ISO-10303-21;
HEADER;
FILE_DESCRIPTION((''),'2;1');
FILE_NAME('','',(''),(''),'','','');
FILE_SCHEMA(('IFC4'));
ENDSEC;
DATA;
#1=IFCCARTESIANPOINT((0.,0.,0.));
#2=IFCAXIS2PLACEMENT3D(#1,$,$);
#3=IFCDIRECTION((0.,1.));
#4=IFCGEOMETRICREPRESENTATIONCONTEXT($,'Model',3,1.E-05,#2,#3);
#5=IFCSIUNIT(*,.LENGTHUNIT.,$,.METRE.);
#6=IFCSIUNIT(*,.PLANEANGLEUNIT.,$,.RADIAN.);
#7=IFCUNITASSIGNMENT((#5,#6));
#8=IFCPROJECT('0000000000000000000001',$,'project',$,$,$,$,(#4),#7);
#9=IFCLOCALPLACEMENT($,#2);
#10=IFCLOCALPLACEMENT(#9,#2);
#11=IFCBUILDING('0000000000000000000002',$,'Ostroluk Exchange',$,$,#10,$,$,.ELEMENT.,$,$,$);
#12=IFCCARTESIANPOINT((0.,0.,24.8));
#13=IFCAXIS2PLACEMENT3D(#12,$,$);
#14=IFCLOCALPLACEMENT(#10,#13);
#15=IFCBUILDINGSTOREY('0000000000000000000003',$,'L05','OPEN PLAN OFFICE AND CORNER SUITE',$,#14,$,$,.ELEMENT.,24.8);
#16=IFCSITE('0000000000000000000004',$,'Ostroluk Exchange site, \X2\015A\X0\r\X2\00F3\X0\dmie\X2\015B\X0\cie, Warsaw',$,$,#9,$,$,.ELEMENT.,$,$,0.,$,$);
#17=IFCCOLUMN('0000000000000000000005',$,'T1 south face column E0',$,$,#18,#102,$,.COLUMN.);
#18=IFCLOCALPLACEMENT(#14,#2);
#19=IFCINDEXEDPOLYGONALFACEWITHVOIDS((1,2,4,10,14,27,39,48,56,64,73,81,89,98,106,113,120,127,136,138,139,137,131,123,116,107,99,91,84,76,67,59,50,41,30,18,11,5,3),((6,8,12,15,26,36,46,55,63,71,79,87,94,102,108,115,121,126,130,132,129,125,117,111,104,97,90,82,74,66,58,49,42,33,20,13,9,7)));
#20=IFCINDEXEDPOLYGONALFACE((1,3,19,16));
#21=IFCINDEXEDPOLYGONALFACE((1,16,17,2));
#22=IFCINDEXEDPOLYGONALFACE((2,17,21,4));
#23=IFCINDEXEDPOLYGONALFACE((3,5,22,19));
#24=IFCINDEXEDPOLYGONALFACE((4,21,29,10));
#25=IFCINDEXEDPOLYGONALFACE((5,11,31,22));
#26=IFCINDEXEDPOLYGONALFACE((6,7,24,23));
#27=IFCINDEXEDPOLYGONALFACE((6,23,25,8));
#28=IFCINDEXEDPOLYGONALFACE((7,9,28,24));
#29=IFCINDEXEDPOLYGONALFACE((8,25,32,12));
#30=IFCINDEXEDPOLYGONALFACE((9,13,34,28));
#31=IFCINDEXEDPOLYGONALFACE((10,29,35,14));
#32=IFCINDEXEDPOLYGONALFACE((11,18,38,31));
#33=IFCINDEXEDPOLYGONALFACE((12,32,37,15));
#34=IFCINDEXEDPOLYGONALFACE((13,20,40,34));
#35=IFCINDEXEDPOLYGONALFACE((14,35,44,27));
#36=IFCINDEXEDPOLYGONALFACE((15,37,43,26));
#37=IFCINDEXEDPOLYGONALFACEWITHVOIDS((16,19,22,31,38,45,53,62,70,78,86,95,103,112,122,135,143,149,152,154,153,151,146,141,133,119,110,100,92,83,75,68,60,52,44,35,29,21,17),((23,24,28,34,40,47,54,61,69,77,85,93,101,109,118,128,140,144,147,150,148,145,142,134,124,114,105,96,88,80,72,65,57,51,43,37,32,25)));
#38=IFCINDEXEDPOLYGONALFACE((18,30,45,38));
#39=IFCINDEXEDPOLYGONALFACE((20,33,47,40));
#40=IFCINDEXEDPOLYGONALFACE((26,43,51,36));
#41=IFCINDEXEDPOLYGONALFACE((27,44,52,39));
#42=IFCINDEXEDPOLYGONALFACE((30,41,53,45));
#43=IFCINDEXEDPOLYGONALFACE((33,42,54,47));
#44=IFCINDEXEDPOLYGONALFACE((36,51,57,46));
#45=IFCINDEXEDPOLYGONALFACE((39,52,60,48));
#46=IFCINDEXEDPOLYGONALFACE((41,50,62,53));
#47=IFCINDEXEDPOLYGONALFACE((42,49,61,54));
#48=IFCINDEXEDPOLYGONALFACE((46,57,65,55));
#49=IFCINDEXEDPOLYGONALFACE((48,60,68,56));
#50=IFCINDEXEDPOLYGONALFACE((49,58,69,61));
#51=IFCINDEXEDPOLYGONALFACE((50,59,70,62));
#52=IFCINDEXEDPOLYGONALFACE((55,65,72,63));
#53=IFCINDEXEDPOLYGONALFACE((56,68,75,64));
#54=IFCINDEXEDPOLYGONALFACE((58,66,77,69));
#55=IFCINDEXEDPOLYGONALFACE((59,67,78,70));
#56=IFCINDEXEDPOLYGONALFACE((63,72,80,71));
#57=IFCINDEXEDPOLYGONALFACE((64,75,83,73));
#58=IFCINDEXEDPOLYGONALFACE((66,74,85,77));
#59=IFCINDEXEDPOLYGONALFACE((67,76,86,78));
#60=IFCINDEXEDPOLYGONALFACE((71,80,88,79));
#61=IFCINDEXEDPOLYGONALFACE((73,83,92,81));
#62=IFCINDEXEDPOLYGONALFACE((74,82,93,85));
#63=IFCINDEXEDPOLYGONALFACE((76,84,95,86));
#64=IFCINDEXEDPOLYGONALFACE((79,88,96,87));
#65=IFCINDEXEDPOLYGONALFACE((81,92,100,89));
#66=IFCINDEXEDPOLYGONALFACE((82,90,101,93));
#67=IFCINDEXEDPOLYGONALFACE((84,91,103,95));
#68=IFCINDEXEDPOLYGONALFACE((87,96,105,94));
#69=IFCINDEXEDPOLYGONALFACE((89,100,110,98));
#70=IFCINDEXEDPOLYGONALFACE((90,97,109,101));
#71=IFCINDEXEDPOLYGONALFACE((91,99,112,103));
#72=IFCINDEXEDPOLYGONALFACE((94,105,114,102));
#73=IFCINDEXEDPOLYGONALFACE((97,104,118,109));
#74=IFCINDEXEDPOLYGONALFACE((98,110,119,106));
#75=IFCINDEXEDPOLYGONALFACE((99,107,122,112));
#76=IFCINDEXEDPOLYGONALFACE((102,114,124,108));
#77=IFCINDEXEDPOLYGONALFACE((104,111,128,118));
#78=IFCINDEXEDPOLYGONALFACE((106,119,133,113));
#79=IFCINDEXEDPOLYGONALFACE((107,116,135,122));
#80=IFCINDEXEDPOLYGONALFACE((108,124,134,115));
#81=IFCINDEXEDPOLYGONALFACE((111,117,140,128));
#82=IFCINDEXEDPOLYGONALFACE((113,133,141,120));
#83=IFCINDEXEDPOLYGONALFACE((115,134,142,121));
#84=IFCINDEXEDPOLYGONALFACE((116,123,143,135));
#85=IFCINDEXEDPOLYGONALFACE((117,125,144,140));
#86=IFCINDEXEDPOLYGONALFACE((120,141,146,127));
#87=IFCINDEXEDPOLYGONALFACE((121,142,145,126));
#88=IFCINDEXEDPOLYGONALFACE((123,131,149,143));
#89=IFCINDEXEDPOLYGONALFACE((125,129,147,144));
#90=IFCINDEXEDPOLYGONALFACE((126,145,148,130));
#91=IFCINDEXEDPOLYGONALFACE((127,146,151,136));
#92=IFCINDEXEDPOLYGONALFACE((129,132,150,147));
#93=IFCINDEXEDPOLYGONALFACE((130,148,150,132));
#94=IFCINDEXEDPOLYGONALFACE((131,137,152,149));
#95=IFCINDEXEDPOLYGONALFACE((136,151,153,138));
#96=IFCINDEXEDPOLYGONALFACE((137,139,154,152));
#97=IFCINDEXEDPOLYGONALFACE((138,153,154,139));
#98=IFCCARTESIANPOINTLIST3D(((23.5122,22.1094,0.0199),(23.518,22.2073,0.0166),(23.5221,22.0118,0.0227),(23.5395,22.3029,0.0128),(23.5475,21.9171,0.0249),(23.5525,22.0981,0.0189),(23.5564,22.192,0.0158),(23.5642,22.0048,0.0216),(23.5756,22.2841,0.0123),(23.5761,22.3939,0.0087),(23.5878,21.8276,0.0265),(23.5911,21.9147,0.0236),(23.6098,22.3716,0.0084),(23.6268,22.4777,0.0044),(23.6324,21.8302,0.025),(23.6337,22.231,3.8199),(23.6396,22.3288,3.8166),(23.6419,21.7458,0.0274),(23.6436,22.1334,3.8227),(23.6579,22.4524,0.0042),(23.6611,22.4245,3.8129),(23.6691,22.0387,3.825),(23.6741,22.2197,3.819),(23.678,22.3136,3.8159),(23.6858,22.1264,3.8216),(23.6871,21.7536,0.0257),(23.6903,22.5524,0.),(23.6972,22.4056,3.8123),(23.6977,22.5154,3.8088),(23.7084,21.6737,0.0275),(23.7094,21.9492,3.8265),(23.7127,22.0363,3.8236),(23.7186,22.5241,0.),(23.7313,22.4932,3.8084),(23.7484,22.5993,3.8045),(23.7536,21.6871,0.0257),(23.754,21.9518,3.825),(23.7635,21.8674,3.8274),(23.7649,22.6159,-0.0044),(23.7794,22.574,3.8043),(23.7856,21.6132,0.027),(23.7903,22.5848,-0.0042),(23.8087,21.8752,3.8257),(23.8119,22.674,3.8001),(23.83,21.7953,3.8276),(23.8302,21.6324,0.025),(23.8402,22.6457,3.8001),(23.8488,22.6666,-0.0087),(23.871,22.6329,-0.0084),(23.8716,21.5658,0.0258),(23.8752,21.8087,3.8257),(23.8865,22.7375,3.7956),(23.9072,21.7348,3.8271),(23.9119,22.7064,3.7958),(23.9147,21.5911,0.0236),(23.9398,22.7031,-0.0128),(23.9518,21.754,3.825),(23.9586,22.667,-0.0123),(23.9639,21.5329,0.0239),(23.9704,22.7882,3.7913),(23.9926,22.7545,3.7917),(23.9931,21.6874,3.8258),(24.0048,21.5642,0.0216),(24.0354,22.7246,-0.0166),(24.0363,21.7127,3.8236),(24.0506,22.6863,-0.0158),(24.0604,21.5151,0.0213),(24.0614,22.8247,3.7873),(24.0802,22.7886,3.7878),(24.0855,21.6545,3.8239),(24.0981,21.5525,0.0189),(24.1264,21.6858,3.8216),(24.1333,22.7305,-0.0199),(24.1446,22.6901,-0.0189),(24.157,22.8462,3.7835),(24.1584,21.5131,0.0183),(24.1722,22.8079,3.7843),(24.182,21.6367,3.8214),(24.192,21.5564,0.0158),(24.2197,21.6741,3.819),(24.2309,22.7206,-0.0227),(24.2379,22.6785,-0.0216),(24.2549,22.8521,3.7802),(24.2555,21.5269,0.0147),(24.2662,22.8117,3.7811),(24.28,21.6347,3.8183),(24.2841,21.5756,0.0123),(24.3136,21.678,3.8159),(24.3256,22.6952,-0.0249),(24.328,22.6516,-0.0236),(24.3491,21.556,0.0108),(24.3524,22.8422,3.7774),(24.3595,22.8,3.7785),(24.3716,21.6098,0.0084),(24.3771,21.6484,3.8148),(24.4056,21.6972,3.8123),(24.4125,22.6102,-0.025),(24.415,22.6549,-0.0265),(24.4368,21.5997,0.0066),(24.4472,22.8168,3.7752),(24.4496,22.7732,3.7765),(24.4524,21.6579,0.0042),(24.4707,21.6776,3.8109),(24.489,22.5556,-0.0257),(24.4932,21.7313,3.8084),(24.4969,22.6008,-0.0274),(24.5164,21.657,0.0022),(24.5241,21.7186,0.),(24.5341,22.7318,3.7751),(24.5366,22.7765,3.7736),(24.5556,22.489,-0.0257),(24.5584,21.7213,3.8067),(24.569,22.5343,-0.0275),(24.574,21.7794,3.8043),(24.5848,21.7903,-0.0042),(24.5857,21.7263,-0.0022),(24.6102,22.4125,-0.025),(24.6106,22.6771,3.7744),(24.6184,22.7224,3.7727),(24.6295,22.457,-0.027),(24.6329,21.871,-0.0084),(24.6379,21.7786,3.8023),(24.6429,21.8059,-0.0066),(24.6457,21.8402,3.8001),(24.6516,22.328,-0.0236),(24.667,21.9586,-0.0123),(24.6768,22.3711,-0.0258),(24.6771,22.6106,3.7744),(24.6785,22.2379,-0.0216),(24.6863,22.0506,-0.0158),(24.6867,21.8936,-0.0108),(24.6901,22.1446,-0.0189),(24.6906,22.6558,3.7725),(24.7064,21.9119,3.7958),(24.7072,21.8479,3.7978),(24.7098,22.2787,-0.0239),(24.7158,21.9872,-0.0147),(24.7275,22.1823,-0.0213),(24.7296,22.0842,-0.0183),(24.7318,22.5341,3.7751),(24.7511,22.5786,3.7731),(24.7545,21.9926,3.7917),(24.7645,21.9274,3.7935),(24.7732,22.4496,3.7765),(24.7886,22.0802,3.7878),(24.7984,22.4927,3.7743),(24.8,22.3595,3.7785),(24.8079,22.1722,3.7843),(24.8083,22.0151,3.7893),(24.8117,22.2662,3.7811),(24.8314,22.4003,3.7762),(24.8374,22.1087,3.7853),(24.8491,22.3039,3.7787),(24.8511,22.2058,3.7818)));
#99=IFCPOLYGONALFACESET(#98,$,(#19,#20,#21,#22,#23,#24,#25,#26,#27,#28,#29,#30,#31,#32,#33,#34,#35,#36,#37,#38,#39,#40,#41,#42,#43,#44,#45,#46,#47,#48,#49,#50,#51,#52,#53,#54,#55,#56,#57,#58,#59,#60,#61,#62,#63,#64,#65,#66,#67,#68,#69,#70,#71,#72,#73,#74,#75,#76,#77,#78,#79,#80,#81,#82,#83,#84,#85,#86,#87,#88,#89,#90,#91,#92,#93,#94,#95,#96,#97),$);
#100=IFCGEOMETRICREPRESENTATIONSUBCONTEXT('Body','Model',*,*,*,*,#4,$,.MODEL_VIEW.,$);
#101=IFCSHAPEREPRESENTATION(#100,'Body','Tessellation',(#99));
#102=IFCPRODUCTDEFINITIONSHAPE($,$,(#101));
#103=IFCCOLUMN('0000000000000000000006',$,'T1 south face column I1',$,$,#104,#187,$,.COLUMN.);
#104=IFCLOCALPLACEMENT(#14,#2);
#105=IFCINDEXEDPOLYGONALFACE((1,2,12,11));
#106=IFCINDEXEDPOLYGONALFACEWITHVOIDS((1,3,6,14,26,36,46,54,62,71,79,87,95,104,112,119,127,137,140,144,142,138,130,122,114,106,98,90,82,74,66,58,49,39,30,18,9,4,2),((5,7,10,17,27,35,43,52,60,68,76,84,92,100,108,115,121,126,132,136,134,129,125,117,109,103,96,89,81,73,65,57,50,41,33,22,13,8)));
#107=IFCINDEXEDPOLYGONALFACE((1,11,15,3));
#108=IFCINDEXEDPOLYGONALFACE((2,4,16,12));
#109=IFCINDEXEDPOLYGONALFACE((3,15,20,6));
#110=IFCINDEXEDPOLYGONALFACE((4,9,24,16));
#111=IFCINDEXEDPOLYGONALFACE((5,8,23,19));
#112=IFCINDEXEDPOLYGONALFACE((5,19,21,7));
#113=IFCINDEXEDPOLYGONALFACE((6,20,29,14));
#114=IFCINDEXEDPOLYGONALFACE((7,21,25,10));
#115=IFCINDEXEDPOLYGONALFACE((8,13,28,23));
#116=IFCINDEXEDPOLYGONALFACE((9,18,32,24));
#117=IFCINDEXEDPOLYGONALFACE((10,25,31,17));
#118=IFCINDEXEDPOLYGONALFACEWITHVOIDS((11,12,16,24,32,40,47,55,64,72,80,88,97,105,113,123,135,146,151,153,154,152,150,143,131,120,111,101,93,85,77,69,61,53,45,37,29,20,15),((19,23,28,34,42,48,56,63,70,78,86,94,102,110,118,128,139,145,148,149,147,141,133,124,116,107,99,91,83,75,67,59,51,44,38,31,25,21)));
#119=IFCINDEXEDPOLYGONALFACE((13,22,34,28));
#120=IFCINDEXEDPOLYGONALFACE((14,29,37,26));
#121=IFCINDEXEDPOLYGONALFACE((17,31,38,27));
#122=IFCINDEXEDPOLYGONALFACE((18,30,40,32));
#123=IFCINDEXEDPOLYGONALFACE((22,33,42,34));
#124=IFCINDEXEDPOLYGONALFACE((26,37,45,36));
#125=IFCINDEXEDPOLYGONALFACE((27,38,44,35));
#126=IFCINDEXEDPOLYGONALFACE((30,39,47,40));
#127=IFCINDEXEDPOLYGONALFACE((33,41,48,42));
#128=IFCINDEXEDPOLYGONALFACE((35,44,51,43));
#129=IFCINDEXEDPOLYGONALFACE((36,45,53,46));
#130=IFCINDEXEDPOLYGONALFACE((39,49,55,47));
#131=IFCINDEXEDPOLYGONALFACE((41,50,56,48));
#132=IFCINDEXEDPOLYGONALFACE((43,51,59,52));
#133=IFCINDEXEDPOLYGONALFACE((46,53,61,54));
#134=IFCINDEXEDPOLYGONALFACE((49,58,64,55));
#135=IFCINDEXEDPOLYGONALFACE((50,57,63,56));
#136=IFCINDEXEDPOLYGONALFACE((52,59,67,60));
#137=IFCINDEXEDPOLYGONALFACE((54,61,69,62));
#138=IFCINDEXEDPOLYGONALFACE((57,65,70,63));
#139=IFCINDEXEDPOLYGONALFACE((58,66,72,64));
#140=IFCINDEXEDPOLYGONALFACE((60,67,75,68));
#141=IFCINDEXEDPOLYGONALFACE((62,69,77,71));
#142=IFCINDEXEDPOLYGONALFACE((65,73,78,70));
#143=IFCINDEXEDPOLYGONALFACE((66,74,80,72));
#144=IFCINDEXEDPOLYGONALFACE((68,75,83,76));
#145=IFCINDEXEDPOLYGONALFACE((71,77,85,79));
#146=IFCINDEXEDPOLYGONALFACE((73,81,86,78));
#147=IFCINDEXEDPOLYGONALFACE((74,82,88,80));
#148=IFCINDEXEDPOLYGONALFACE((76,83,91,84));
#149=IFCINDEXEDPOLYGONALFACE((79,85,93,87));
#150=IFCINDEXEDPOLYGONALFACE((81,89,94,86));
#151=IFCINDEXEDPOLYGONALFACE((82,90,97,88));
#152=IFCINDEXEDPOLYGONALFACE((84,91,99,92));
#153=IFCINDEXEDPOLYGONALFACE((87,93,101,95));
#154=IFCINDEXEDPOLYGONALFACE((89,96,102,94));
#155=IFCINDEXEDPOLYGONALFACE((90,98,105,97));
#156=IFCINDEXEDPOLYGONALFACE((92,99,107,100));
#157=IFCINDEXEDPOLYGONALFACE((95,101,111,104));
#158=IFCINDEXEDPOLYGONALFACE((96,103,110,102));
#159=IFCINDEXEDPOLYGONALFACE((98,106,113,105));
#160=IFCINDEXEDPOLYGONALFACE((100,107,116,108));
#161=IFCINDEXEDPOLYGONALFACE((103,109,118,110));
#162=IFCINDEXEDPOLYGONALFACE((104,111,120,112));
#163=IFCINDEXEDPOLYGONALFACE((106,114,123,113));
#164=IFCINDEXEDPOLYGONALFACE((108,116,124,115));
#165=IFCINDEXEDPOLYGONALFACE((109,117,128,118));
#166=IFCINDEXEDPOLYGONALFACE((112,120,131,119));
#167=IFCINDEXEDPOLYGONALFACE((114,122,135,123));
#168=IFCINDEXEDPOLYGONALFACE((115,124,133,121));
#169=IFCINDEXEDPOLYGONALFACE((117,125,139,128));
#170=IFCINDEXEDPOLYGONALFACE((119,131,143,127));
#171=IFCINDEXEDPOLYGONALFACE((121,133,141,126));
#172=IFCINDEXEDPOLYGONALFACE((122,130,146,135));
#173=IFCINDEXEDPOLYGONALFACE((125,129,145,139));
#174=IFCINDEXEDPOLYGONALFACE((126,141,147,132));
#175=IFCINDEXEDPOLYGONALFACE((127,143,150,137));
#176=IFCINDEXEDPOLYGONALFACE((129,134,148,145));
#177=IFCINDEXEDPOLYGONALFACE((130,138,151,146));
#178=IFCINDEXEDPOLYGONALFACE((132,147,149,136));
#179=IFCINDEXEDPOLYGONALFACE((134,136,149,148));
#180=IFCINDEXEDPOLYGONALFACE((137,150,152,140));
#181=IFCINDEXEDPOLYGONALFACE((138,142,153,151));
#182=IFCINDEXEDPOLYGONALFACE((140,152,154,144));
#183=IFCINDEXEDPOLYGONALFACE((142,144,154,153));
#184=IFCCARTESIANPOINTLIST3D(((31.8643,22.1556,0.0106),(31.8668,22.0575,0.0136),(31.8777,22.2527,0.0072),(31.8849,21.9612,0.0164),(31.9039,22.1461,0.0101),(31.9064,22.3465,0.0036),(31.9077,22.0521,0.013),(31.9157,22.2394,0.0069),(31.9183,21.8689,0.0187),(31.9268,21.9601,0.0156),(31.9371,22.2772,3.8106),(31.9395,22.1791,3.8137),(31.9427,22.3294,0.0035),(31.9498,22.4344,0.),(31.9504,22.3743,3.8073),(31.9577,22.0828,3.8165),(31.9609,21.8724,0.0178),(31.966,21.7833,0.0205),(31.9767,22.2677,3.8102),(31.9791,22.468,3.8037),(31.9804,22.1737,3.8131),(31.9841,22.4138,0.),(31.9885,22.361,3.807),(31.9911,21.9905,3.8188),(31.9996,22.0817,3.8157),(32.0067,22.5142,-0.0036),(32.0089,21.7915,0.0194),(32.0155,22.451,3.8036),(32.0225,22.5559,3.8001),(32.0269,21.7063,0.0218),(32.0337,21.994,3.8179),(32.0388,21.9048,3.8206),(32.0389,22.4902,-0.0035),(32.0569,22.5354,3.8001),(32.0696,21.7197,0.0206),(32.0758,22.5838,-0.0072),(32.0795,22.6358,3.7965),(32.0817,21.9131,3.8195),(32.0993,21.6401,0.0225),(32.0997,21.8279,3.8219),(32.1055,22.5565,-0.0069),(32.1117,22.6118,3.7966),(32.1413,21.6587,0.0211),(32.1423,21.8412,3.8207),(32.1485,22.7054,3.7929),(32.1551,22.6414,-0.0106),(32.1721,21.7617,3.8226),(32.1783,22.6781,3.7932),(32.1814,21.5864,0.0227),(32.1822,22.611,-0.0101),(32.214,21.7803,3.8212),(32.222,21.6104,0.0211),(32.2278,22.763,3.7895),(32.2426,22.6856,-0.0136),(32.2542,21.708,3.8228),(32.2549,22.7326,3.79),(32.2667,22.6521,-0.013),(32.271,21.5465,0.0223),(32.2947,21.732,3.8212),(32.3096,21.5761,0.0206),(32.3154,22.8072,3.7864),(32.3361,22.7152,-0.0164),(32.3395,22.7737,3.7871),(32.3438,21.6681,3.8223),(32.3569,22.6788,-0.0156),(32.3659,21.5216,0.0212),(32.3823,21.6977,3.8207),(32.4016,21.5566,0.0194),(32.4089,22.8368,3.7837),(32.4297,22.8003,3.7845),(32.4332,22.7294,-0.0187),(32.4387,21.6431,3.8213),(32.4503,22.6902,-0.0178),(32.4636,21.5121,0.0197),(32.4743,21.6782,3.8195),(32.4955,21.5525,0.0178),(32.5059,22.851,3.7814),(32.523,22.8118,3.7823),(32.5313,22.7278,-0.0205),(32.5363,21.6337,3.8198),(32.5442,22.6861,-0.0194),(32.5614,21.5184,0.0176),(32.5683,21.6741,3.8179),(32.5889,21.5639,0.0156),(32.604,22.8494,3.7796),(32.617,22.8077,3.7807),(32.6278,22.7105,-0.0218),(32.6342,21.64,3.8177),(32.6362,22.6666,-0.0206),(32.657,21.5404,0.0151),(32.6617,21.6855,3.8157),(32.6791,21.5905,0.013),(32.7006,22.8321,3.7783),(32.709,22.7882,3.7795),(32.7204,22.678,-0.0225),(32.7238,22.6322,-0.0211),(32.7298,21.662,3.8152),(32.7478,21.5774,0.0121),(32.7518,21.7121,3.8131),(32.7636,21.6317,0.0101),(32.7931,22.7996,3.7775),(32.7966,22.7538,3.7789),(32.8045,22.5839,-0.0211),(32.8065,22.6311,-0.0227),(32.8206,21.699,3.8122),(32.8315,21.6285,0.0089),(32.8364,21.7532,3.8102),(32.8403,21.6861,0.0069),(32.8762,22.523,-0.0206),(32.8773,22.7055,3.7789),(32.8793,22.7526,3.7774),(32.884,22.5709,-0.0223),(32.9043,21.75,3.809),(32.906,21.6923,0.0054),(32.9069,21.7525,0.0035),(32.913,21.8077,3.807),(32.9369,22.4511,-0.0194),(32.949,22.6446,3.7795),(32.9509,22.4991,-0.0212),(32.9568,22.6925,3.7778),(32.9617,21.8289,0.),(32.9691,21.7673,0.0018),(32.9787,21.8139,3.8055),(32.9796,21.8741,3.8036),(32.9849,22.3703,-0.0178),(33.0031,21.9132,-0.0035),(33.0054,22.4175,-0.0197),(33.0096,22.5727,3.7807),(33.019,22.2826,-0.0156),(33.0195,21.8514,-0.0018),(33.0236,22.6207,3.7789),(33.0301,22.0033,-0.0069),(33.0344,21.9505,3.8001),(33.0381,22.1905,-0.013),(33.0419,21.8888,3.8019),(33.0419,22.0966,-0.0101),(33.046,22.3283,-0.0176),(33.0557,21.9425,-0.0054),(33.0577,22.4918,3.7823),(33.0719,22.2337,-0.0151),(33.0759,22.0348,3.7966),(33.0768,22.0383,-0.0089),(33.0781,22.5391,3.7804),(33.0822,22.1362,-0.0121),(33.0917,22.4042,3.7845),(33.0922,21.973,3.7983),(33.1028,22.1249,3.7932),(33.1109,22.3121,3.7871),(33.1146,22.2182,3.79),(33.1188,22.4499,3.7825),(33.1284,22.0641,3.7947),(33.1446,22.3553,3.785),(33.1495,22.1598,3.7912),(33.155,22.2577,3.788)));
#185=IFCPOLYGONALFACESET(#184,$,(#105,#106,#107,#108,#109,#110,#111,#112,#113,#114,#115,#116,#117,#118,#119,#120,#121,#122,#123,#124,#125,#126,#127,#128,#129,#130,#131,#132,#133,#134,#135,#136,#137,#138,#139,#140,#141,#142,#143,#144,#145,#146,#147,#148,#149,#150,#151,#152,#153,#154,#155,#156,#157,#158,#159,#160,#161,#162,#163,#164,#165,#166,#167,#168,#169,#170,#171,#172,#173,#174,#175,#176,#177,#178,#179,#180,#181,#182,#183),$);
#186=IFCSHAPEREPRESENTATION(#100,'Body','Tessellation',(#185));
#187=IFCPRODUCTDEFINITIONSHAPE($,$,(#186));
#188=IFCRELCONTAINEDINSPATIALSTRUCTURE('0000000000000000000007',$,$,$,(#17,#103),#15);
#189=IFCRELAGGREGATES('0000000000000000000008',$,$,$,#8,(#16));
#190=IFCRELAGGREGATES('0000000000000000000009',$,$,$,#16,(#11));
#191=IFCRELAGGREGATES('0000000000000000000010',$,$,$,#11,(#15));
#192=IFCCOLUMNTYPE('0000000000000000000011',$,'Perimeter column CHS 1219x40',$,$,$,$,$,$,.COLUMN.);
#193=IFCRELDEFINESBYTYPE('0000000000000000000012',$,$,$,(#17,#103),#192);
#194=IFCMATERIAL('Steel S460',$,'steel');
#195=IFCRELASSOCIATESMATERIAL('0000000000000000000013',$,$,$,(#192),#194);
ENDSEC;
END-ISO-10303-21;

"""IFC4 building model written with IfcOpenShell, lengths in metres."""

from ifc_helpers import new_model, si_unit, direction, frame, origin, origin_2d, place, context, subcontext, project, spatial, hollow_circle, extrude, material, material_profile, profile_set, type_object, element, save


model = new_model("IFC4")

# Units and contexts
model_context = context("Model", 3, precision=1e-05, world=origin(), true_north=direction((0.0, 1.0)))
body_context = subcontext(model_context, "Body", "Model", "MODEL_VIEW")
ifc_project = project(units=[si_unit("LENGTHUNIT", "METRE"), si_unit("PLANEANGLEUNIT", "RADIAN")], contexts=[model_context])

# Site, building, storey
site_placement = place(None, origin())
site = spatial("IfcSite", under=ifc_project, at=site_placement, Name="Ostroluk Exchange site, Śródmieście, Warsaw", CompositionType="ELEMENT", RefElevation=0.0)
building_placement = place(site_placement, origin())
building = spatial("IfcBuilding", under=site, at=building_placement, Name="Ostroluk Exchange", CompositionType="ELEMENT")
storey_placement = place(building_placement, frame((0.0, 0.0, 24.8)))
storey = spatial("IfcBuildingStorey", under=building, at=storey_placement, Name="L05", Description="OPEN PLAN OFFICE AND CORNER SUITE", CompositionType="ELEMENT", Elevation=24.8)

# Columns
ifc_material_1 = material(Name="Steel S460", Category="steel")
ifc_material_profile_1 = material_profile(ifc_material_1, hollow_circle(Radius=0.6096, WallThickness=0.04, at=origin_2d()), Name="CHS 1219x40")
ifc_profile_set_1 = profile_set([ifc_material_profile_1], Name="Steel S460")
column_type = type_object("IfcColumnType", Name="Perimeter column CHS 1219x40", PredefinedType="COLUMN", material=ifc_profile_set_1)
column_1_placement = place(storey_placement, frame((24.1213, 22.1213, 0.0), z_axis=(0.031962, 0.031962, 0.998978), x_axis=(-0.707107, 0.707107, 0.0)))
element("IfcColumn", 1, at=column_1_placement, inside=storey, type_object=column_type, Name="T1 south face column E0", PredefinedType="COLUMN", context=body_context, shape_type="SweptSolid", body=[
    extrude(hollow_circle(Radius=0.6096, WallThickness=0.04, at=origin_2d()), origin(), (0.0, 0.0, 1.0), 3.804),
])
column_2_placement = place(storey_placement, frame((32.4729, 22.1213, 0.0), z_axis=(0.019132, 0.031973, 0.999306), x_axis=(-0.8581, 0.513482, 0.0)))
element("IfcColumn", 2, at=column_2_placement, inside=storey, type_object=column_type, Name="T1 south face column I1", PredefinedType="COLUMN", context=body_context, shape_type="SweptSolid", body=[
    extrude(hollow_circle(Radius=0.6096, WallThickness=0.04, at=origin_2d()), origin(), (0.0, 0.0, 1.0), 3.8027),
])

save(model, "model.ifc")
